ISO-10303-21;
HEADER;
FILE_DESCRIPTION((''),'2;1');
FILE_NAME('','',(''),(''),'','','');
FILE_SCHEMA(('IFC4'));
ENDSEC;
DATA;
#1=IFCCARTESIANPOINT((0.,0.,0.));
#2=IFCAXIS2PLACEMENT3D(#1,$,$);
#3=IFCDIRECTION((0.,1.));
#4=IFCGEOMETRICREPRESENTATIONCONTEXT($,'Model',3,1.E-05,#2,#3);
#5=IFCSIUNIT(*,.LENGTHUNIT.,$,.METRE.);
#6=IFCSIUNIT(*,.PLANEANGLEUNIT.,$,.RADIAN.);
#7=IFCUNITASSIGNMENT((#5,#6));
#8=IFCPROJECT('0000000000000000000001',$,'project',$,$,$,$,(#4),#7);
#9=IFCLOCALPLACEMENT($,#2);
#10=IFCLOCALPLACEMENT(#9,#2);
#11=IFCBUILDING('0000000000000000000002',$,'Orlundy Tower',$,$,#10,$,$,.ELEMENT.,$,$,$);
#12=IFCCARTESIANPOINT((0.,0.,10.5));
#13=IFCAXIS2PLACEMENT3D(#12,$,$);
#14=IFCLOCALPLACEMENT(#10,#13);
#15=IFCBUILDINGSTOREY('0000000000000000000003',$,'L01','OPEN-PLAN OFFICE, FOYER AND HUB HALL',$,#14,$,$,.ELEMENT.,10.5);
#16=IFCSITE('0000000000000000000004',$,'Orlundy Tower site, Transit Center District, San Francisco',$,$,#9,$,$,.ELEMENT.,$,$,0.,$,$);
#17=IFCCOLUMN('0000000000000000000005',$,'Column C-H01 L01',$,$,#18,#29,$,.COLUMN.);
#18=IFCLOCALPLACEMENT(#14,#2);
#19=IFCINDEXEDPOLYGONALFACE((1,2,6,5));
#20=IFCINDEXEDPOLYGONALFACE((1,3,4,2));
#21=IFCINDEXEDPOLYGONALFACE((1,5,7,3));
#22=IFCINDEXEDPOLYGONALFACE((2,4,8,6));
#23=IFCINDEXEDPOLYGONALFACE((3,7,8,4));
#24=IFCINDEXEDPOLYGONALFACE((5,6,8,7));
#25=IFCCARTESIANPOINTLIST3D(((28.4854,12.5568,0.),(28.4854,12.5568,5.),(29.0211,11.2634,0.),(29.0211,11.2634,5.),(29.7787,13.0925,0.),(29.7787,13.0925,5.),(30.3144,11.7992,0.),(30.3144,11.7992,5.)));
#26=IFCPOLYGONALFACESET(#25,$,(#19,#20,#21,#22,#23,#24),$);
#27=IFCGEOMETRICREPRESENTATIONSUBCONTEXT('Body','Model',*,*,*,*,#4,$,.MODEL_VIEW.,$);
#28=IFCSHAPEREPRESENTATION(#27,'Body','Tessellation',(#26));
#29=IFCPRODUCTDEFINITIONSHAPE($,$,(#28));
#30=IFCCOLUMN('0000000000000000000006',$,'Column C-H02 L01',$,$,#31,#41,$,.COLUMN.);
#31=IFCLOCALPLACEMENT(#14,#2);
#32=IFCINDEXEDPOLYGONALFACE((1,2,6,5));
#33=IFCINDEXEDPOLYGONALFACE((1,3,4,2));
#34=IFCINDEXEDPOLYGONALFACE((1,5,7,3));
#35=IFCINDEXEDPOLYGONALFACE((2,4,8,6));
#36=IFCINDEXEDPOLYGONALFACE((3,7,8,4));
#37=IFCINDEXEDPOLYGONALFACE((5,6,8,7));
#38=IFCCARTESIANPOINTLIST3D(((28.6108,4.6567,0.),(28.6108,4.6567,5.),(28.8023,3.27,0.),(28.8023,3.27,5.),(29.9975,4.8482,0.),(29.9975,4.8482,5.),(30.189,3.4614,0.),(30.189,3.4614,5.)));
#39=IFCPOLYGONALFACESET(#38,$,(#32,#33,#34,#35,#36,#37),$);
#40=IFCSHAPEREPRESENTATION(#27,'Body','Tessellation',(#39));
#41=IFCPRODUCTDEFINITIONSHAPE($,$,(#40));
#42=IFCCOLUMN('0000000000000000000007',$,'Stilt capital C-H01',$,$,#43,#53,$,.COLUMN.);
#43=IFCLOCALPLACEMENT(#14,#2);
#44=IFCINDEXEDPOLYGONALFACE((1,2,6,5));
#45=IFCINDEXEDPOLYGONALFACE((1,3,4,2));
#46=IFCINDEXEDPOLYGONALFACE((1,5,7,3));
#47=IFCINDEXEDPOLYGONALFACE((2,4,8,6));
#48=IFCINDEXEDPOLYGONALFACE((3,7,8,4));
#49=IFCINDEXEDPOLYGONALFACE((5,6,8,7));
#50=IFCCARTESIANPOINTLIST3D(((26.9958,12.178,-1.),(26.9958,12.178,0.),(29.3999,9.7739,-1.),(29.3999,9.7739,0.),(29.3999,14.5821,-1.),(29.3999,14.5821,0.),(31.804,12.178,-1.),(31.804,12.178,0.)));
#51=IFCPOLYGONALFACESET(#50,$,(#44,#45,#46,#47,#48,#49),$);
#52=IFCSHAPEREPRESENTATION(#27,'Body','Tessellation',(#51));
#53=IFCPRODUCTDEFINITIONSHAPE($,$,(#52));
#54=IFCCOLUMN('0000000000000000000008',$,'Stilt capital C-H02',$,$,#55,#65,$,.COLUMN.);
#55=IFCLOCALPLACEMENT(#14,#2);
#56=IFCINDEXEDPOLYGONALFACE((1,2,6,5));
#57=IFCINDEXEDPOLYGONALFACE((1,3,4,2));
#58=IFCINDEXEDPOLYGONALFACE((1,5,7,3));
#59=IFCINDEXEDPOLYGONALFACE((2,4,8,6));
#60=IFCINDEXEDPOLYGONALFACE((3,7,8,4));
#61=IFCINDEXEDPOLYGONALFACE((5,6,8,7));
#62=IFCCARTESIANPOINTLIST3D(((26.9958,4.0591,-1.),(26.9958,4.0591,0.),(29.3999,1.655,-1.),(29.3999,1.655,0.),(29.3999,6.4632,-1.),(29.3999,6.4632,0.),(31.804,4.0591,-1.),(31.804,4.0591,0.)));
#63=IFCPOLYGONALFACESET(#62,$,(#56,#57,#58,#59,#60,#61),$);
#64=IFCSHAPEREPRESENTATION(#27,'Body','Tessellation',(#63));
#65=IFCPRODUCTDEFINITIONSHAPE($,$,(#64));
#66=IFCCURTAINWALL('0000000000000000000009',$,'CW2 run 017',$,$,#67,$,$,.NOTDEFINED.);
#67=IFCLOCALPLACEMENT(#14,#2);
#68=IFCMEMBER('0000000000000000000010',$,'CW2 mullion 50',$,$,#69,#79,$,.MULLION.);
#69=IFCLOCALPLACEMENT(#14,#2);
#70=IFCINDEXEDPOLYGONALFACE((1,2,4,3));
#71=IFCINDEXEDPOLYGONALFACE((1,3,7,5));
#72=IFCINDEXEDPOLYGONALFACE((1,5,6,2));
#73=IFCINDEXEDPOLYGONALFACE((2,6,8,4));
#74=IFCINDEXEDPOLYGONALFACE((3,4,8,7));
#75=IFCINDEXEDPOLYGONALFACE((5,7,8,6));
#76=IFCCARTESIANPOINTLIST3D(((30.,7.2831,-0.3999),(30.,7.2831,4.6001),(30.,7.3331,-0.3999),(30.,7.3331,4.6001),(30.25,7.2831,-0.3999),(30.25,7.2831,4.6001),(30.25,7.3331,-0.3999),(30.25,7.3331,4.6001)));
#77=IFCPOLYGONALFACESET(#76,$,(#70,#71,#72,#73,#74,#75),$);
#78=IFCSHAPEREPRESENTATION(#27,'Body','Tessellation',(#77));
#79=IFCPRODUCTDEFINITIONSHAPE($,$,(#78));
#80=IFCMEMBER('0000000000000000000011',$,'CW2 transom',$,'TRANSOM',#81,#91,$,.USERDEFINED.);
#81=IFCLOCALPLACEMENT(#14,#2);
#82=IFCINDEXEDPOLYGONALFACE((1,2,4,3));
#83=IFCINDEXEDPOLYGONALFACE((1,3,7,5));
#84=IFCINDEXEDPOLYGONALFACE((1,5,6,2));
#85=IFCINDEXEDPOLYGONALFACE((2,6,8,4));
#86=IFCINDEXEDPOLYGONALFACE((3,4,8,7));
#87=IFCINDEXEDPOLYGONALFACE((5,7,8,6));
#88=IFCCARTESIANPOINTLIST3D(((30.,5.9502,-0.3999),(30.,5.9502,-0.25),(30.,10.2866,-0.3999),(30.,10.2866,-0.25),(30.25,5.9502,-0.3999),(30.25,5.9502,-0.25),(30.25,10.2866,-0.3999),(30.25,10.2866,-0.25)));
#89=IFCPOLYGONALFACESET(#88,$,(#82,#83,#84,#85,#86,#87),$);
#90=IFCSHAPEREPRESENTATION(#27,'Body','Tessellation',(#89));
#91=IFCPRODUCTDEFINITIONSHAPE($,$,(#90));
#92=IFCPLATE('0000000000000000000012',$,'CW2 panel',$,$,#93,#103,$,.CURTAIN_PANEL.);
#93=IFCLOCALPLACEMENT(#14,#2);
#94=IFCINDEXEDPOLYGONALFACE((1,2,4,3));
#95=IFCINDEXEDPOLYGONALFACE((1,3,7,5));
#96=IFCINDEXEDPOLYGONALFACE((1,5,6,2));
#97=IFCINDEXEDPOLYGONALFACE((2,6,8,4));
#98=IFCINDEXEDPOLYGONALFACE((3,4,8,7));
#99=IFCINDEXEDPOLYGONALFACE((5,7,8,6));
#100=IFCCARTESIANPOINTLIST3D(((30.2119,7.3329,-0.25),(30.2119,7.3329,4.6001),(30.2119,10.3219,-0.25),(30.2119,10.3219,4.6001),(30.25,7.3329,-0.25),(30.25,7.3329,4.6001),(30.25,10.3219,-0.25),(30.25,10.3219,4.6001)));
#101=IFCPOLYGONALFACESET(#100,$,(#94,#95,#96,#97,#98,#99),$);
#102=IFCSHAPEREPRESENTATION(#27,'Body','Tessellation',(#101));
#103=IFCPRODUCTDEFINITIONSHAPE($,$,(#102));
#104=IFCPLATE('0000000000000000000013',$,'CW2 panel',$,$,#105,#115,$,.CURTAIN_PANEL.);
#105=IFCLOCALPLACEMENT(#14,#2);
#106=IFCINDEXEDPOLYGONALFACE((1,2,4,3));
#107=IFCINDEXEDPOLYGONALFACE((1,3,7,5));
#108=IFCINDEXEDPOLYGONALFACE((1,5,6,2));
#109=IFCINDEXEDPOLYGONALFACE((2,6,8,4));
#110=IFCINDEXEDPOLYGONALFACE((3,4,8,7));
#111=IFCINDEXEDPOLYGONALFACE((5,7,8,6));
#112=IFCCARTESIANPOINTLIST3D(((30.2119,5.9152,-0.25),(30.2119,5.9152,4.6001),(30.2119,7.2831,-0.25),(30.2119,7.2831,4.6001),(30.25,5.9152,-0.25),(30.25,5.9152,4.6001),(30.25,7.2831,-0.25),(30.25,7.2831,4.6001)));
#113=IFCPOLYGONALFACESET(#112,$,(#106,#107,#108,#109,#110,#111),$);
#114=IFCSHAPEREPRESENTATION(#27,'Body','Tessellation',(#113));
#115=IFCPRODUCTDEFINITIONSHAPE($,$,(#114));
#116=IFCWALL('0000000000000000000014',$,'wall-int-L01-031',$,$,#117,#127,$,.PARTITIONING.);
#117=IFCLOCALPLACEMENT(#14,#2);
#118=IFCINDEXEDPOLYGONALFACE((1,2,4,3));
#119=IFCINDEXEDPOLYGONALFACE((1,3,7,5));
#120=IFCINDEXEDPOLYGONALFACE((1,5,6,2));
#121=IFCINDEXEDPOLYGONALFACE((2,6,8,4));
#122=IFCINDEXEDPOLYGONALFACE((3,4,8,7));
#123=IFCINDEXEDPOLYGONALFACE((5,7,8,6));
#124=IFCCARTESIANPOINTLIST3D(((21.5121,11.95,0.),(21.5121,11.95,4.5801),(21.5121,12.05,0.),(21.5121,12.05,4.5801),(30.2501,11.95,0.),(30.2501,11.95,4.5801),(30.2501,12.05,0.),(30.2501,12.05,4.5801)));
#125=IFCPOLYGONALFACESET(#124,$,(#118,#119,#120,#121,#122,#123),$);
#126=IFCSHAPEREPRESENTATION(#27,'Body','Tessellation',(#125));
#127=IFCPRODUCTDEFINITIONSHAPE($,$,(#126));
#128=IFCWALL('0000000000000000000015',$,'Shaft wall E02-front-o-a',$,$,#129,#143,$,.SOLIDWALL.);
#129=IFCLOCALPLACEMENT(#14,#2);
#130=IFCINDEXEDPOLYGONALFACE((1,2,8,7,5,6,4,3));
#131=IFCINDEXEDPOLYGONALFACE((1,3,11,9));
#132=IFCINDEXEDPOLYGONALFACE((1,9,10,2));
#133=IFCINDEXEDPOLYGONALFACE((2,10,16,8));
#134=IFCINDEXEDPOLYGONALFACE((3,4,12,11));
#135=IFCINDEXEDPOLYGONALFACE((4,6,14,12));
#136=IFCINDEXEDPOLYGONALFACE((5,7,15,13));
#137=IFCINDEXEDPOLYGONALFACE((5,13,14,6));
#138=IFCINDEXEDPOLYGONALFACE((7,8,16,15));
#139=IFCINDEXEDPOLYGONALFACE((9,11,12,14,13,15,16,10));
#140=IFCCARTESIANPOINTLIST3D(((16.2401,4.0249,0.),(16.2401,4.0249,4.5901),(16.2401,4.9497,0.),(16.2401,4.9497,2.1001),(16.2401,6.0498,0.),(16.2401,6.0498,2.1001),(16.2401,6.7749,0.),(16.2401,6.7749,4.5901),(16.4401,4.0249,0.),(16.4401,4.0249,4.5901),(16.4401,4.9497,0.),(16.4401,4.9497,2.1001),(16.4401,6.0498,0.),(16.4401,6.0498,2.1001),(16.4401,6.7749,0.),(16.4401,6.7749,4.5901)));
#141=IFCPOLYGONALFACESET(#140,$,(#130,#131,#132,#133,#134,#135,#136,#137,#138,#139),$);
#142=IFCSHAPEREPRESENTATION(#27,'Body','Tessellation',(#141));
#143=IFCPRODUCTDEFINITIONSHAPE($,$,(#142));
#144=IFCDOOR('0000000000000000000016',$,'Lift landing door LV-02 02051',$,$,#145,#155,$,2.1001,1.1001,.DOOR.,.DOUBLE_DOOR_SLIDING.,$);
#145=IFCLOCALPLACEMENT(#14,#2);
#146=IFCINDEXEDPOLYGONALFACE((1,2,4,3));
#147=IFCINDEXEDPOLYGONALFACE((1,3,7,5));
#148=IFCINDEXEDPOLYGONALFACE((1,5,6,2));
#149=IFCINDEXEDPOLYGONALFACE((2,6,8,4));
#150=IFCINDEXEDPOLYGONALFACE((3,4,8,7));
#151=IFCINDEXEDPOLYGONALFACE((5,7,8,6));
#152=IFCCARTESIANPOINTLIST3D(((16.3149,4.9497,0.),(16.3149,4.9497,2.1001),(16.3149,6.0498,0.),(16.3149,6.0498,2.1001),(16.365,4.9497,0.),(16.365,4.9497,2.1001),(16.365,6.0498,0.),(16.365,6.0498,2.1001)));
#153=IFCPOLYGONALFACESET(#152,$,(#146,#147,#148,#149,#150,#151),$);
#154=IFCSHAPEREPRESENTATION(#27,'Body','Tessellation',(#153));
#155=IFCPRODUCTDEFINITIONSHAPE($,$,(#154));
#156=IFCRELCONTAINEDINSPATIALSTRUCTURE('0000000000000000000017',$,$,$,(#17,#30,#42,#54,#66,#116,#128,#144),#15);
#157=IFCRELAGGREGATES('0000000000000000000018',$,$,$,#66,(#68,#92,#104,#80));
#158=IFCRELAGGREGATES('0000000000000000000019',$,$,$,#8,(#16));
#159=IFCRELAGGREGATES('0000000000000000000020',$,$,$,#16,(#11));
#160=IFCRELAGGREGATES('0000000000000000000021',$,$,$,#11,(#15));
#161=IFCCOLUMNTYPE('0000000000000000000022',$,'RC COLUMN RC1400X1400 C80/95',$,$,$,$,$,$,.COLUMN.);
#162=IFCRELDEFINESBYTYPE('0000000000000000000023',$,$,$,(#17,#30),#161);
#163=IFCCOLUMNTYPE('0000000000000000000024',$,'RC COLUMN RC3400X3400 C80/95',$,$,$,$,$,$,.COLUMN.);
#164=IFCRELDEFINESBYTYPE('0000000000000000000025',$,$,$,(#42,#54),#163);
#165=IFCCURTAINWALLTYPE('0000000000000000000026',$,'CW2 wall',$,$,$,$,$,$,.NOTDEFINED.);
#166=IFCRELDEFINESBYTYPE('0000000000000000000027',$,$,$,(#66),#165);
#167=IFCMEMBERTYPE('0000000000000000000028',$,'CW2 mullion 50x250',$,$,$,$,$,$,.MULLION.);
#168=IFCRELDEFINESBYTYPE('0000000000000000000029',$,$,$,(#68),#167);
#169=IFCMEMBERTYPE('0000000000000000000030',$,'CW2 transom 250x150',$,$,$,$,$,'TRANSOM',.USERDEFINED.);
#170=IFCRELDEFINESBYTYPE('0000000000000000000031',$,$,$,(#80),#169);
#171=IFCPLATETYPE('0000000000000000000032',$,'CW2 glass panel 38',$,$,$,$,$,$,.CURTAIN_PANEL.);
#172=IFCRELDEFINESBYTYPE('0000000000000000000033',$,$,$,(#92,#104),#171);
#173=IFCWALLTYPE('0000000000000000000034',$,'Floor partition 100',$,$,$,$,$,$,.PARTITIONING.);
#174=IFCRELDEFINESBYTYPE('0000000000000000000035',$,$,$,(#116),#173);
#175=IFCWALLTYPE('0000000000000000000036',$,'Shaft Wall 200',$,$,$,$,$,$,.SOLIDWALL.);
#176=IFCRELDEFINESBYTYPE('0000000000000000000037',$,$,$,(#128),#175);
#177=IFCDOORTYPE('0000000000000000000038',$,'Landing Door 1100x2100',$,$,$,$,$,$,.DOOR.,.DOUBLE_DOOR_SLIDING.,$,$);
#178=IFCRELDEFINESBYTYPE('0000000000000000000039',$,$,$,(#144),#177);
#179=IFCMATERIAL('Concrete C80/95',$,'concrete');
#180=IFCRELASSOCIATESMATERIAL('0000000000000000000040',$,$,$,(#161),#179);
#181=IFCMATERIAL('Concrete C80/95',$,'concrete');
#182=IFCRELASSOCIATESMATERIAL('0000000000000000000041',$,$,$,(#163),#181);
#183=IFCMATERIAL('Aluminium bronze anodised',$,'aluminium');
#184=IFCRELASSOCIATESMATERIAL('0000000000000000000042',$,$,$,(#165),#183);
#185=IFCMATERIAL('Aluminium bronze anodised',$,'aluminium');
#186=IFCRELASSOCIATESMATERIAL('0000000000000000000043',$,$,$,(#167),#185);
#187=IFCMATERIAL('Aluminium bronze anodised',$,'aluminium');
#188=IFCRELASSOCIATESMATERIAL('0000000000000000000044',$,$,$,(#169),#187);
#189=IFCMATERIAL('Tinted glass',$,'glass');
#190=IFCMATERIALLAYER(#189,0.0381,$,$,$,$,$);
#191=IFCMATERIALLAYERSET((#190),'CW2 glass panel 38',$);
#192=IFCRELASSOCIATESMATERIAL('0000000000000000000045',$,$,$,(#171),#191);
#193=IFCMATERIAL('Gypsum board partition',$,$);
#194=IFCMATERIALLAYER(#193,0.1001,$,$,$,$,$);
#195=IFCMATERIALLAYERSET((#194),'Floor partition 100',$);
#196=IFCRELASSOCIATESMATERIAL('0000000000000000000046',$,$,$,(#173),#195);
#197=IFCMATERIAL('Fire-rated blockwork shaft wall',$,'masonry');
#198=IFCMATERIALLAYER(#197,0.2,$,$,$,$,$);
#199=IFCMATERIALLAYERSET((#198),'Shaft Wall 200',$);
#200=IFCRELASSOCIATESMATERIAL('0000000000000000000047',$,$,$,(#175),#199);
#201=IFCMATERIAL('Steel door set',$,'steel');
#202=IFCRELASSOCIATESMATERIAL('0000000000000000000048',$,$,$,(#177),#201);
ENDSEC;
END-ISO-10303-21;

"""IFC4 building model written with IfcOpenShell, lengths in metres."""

from ifc_helpers import new_model, si_unit, direction, frame, frame_2d, origin, origin_2d, place, context, subcontext, project, spatial, rectangle, extrude, material, layer, layer_set, material_profile, profile_set, type_object, element, fill, aggregate, save


model = new_model("IFC4")

# Units and contexts
model_context = context("Model", 3, precision=1e-05, world=origin(), true_north=direction((0.0, 1.0)))
body_context = subcontext(model_context, "Body", "Model", "MODEL_VIEW")
ifc_project = project(units=[si_unit("LENGTHUNIT", "METRE"), si_unit("PLANEANGLEUNIT", "RADIAN")], contexts=[model_context])

# Site, building, storey
site_placement = place(None, origin())
site = spatial("IfcSite", under=ifc_project, at=site_placement, Name="Orlundy Tower site, Transit Center District, San Francisco", CompositionType="ELEMENT", RefElevation=0.0)
building_placement = place(site_placement, origin())
building = spatial("IfcBuilding", under=site, at=building_placement, Name="Orlundy Tower", CompositionType="ELEMENT")
storey_placement = place(building_placement, frame((0.0, 0.0, 10.5)))
storey = spatial("IfcBuildingStorey", under=building, at=storey_placement, Name="L01", Description="OPEN-PLAN OFFICE, FOYER AND HUB HALL", CompositionType="ELEMENT", Elevation=10.5)

# Columns
ifc_material_1 = material(Name="Concrete C80/95", Category="concrete")
ifc_material_profile_1 = material_profile(ifc_material_1, rectangle(XDim=1.3999, YDim=1.3999, at=origin_2d()), Name="RC1400X1400")
ifc_profile_set_1 = profile_set([ifc_material_profile_1], Name="Concrete C80/95")
column_type_1 = type_object("IfcColumnType", Name="RC COLUMN RC1400X1400 C80/95", PredefinedType="COLUMN", material=ifc_profile_set_1)
for number, where, z_axis, x_axis, name in (
    (1, (29.3999, 12.178, 0.0), (0.0, 0.0, 1.0), (0.92388, 0.382683, 0.0), "Column C-H01 L01"),
    (2, (29.3999, 4.0591, 0.0), (0.0, 0.0, 1.0), (0.990603, 0.13677, 0.0), "Column C-H02 L01"),
):
    element("IfcColumn", number, at=place(storey_placement, frame(where, z_axis=z_axis, x_axis=x_axis)), inside=storey, type_object=column_type_1, Name=name, PredefinedType="COLUMN", context=body_context, shape_type="SweptSolid", body=[
        extrude(rectangle(XDim=1.3999, YDim=1.3999, at=origin_2d()), origin(), (0.0, 0.0, 1.0), 5.0),
    ])
ifc_material_2 = material(Name="Concrete C80/95", Category="concrete")
ifc_material_profile_2 = material_profile(ifc_material_2, rectangle(XDim=3.3999, YDim=3.3999, at=origin_2d()), Name="RC3400X3400")
ifc_profile_set_2 = profile_set([ifc_material_profile_2], Name="Concrete C80/95")
column_type_2 = type_object("IfcColumnType", Name="RC COLUMN RC3400X3400 C80/95", PredefinedType="COLUMN", material=ifc_profile_set_2)
for number, where, z_axis, x_axis, name in (
    (3, (29.3999, 12.178, -1.0), (0.0, 0.0, 1.0), (0.707107, 0.707107, 0.0), "Stilt capital C-H01"),
    (4, (29.3999, 4.0591, -1.0), (0.0, 0.0, 1.0), (0.707107, 0.707107, 0.0), "Stilt capital C-H02"),
):
    element("IfcColumn", number, at=place(storey_placement, frame(where, z_axis=z_axis, x_axis=x_axis)), inside=storey, type_object=column_type_2, Name=name, PredefinedType="COLUMN", context=body_context, shape_type="SweptSolid", body=[
        extrude(rectangle(XDim=3.3999, YDim=3.3999, at=origin_2d()), origin(), (0.0, 0.0, 1.0), 1.0),
    ])

# Curtain wall, members, plates
ifc_material_3 = material(Name="Aluminium bronze anodised", Category="aluminium")
curtain_wall_type = type_object("IfcCurtainWallType", Name="CW2 wall", PredefinedType="NOTDEFINED", material=ifc_material_3)
curtain_wall_placement = place(storey_placement, origin())
curtain_wall = element("IfcCurtainWall", 5, at=curtain_wall_placement, inside=storey, type_object=curtain_wall_type, Name="CW2 run 017", PredefinedType="NOTDEFINED")
ifc_material_4 = material(Name="Aluminium bronze anodised", Category="aluminium")
ifc_material_profile_3 = material_profile(ifc_material_4, rectangle(XDim=0.25, YDim=0.05, at=origin_2d()), Name="CW2 mullion 50x250")
ifc_profile_set_3 = profile_set([ifc_material_profile_3], Name="Aluminium bronze anodised")
member_type_1 = type_object("IfcMemberType", Name="CW2 mullion 50x250", PredefinedType="MULLION", material=ifc_profile_set_3)
member_1_placement = place(storey_placement, frame((30.125, 7.3081, -0.3999), z_axis=(0.0, 0.0, 1.0), x_axis=(1.0, 0.0, 0.0)))
member_1 = element("IfcMember", 6, at=member_1_placement, type_object=member_type_1, Name="CW2 mullion 50", PredefinedType="MULLION", context=body_context, shape_type="SweptSolid", body=[
    extrude(rectangle(XDim=0.25, YDim=0.05, at=origin_2d()), origin(), (0.0, 0.0, 1.0), 5.0),
])
ifc_material_5 = material(Name="Aluminium bronze anodised", Category="aluminium")
ifc_material_profile_4 = material_profile(ifc_material_5, rectangle(XDim=0.25, YDim=0.1499, at=origin_2d()), Name="CW2 transom 250x150")
ifc_profile_set_4 = profile_set([ifc_material_profile_4], Name="Aluminium bronze anodised")
member_type_2 = type_object("IfcMemberType", Name="CW2 transom 250x150", ElementType="TRANSOM", PredefinedType="USERDEFINED", material=ifc_profile_set_4)
member_2_placement = place(storey_placement, frame((30.125, 10.2866, -0.325), z_axis=(0.0, -1.0, 0.0), x_axis=(1.0, 0.0, 0.0)))
member_2 = element("IfcMember", 7, at=member_2_placement, type_object=member_type_2, Name="CW2 transom", ObjectType="TRANSOM", PredefinedType="USERDEFINED", context=body_context, shape_type="SweptSolid", body=[
    extrude(rectangle(XDim=0.25, YDim=0.1499, at=origin_2d()), origin(), (0.0, 0.0, 1.0), 4.3364),
])
ifc_material_6 = material(Name="Tinted glass", Category="glass")
ifc_layer_1 = layer(ifc_material_6, 0.0381)
ifc_layer_set_1 = layer_set([ifc_layer_1], Name="CW2 glass panel 38")
plate_type = type_object("IfcPlateType", Name="CW2 glass panel 38", PredefinedType="CURTAIN_PANEL", material=ifc_layer_set_1)
plate_1_placement = place(storey_placement, frame((30.231, 8.8274, -0.25), z_axis=(0.0, 0.0, 1.0), x_axis=(0.0, -1.0, 0.0)))
plate_1 = element("IfcPlate", 8, at=plate_1_placement, type_object=plate_type, Name="CW2 panel", PredefinedType="CURTAIN_PANEL", context=body_context, shape_type="SweptSolid", body=[
    extrude(rectangle(XDim=2.989, YDim=0.0381, at=origin_2d()), origin(), (0.0, 0.0, 1.0), 4.8501),
])
plate_2_placement = place(storey_placement, frame((30.231, 6.5991, -0.25), z_axis=(0.0, 0.0, 1.0), x_axis=(0.0, -1.0, 0.0)))
plate_2 = element("IfcPlate", 9, at=plate_2_placement, type_object=plate_type, Name="CW2 panel", PredefinedType="CURTAIN_PANEL", context=body_context, shape_type="SweptSolid", body=[
    extrude(rectangle(XDim=1.3679, YDim=0.0381, at=origin_2d()), origin(), (0.0, 0.0, 1.0), 4.8501),
])
aggregate(curtain_wall, [member_1, plate_1, plate_2, member_2])

# Wall
ifc_material_7 = material(Name="Gypsum board partition")
ifc_layer_2 = layer(ifc_material_7, 0.1001)
ifc_layer_set_2 = layer_set([ifc_layer_2], Name="Floor partition 100")
wall_type_1 = type_object("IfcWallType", Name="Floor partition 100", PredefinedType="PARTITIONING", material=ifc_layer_set_2)
wall_1_placement = place(storey_placement, frame((21.512, 12.0, 0.0), z_axis=(0.0, 0.0, 1.0), x_axis=(1.0, 0.0, 0.0)))
element("IfcWall", 10, at=wall_1_placement, inside=storey, type_object=wall_type_1, Name="wall-int-L01-031", PredefinedType="PARTITIONING", context=body_context, shape_type="SweptSolid", body=[
    extrude(rectangle(XDim=8.738, YDim=0.1001, at=frame_2d((4.3691, 0.0))), origin(), (0.0, 0.0, 1.0), 4.5801),
])

# Wall, opening, door
ifc_material_8 = material(Name="Fire-rated blockwork shaft wall", Category="masonry")
ifc_layer_3 = layer(ifc_material_8, 0.2)
ifc_layer_set_3 = layer_set([ifc_layer_3], Name="Shaft Wall 200")
wall_type_2 = type_object("IfcWallType", Name="Shaft Wall 200", PredefinedType="SOLIDWALL", material=ifc_layer_set_3)
wall_2_placement = place(storey_placement, frame((16.3401, 6.7749, 0.0), z_axis=(0.0, 0.0, 1.0), x_axis=(0.0, -1.0, 0.0)))
wall_2 = element("IfcWall", 11, at=wall_2_placement, inside=storey, type_object=wall_type_2, Name="Shaft wall E02-front-o-a", PredefinedType="SOLIDWALL", context=body_context, shape_type="SweptSolid", body=[
    extrude(rectangle(XDim=2.75, YDim=0.2, at=frame_2d((1.375, 0.0))), origin(), (0.0, 0.0, 1.0), 4.5901),
])
opening_1_placement = place(wall_2_placement, frame((0.7251, 0.0, 0.0)))
opening_1 = element("IfcOpeningElement", 12, at=opening_1_placement, cuts=wall_2, PredefinedType="OPENING", context=body_context, shape_type="SweptSolid", body=[
    extrude(rectangle(XDim=1.1001, YDim=2.1001, at=frame_2d((0.55, 1.05))), frame((0.0, 0.1101, 0.0), z_axis=(0.0, -1.0, 0.0), x_axis=(1.0, 0.0, 0.0)), (0.0, 0.0, 1.0), 0.2202),
])
ifc_material_9 = material(Name="Steel door set", Category="steel")
door_type = type_object("IfcDoorType", Name="Landing Door 1100x2100", OperationType="DOUBLE_DOOR_SLIDING", PredefinedType="DOOR", material=ifc_material_9)
door_1_placement = place(opening_1_placement, origin())
door_1 = element("IfcDoor", 13, at=door_1_placement, inside=storey, type_object=door_type, Name="Lift landing door LV-02 02051", OperationType="DOUBLE_DOOR_SLIDING", OverallHeight=2.1001, OverallWidth=1.1001, PredefinedType="DOOR", context=body_context, shape_type="SweptSolid", body=[
    extrude(rectangle(XDim=1.1001, YDim=2.1001, at=frame_2d((0.55, 1.05))), frame((0.0, 0.0249, 0.0), z_axis=(0.0, -1.0, 0.0), x_axis=(1.0, 0.0, 0.0)), (0.0, 0.0, 1.0), 0.05),
])
fill(opening_1, door_1)

save(model, "model.ifc")
